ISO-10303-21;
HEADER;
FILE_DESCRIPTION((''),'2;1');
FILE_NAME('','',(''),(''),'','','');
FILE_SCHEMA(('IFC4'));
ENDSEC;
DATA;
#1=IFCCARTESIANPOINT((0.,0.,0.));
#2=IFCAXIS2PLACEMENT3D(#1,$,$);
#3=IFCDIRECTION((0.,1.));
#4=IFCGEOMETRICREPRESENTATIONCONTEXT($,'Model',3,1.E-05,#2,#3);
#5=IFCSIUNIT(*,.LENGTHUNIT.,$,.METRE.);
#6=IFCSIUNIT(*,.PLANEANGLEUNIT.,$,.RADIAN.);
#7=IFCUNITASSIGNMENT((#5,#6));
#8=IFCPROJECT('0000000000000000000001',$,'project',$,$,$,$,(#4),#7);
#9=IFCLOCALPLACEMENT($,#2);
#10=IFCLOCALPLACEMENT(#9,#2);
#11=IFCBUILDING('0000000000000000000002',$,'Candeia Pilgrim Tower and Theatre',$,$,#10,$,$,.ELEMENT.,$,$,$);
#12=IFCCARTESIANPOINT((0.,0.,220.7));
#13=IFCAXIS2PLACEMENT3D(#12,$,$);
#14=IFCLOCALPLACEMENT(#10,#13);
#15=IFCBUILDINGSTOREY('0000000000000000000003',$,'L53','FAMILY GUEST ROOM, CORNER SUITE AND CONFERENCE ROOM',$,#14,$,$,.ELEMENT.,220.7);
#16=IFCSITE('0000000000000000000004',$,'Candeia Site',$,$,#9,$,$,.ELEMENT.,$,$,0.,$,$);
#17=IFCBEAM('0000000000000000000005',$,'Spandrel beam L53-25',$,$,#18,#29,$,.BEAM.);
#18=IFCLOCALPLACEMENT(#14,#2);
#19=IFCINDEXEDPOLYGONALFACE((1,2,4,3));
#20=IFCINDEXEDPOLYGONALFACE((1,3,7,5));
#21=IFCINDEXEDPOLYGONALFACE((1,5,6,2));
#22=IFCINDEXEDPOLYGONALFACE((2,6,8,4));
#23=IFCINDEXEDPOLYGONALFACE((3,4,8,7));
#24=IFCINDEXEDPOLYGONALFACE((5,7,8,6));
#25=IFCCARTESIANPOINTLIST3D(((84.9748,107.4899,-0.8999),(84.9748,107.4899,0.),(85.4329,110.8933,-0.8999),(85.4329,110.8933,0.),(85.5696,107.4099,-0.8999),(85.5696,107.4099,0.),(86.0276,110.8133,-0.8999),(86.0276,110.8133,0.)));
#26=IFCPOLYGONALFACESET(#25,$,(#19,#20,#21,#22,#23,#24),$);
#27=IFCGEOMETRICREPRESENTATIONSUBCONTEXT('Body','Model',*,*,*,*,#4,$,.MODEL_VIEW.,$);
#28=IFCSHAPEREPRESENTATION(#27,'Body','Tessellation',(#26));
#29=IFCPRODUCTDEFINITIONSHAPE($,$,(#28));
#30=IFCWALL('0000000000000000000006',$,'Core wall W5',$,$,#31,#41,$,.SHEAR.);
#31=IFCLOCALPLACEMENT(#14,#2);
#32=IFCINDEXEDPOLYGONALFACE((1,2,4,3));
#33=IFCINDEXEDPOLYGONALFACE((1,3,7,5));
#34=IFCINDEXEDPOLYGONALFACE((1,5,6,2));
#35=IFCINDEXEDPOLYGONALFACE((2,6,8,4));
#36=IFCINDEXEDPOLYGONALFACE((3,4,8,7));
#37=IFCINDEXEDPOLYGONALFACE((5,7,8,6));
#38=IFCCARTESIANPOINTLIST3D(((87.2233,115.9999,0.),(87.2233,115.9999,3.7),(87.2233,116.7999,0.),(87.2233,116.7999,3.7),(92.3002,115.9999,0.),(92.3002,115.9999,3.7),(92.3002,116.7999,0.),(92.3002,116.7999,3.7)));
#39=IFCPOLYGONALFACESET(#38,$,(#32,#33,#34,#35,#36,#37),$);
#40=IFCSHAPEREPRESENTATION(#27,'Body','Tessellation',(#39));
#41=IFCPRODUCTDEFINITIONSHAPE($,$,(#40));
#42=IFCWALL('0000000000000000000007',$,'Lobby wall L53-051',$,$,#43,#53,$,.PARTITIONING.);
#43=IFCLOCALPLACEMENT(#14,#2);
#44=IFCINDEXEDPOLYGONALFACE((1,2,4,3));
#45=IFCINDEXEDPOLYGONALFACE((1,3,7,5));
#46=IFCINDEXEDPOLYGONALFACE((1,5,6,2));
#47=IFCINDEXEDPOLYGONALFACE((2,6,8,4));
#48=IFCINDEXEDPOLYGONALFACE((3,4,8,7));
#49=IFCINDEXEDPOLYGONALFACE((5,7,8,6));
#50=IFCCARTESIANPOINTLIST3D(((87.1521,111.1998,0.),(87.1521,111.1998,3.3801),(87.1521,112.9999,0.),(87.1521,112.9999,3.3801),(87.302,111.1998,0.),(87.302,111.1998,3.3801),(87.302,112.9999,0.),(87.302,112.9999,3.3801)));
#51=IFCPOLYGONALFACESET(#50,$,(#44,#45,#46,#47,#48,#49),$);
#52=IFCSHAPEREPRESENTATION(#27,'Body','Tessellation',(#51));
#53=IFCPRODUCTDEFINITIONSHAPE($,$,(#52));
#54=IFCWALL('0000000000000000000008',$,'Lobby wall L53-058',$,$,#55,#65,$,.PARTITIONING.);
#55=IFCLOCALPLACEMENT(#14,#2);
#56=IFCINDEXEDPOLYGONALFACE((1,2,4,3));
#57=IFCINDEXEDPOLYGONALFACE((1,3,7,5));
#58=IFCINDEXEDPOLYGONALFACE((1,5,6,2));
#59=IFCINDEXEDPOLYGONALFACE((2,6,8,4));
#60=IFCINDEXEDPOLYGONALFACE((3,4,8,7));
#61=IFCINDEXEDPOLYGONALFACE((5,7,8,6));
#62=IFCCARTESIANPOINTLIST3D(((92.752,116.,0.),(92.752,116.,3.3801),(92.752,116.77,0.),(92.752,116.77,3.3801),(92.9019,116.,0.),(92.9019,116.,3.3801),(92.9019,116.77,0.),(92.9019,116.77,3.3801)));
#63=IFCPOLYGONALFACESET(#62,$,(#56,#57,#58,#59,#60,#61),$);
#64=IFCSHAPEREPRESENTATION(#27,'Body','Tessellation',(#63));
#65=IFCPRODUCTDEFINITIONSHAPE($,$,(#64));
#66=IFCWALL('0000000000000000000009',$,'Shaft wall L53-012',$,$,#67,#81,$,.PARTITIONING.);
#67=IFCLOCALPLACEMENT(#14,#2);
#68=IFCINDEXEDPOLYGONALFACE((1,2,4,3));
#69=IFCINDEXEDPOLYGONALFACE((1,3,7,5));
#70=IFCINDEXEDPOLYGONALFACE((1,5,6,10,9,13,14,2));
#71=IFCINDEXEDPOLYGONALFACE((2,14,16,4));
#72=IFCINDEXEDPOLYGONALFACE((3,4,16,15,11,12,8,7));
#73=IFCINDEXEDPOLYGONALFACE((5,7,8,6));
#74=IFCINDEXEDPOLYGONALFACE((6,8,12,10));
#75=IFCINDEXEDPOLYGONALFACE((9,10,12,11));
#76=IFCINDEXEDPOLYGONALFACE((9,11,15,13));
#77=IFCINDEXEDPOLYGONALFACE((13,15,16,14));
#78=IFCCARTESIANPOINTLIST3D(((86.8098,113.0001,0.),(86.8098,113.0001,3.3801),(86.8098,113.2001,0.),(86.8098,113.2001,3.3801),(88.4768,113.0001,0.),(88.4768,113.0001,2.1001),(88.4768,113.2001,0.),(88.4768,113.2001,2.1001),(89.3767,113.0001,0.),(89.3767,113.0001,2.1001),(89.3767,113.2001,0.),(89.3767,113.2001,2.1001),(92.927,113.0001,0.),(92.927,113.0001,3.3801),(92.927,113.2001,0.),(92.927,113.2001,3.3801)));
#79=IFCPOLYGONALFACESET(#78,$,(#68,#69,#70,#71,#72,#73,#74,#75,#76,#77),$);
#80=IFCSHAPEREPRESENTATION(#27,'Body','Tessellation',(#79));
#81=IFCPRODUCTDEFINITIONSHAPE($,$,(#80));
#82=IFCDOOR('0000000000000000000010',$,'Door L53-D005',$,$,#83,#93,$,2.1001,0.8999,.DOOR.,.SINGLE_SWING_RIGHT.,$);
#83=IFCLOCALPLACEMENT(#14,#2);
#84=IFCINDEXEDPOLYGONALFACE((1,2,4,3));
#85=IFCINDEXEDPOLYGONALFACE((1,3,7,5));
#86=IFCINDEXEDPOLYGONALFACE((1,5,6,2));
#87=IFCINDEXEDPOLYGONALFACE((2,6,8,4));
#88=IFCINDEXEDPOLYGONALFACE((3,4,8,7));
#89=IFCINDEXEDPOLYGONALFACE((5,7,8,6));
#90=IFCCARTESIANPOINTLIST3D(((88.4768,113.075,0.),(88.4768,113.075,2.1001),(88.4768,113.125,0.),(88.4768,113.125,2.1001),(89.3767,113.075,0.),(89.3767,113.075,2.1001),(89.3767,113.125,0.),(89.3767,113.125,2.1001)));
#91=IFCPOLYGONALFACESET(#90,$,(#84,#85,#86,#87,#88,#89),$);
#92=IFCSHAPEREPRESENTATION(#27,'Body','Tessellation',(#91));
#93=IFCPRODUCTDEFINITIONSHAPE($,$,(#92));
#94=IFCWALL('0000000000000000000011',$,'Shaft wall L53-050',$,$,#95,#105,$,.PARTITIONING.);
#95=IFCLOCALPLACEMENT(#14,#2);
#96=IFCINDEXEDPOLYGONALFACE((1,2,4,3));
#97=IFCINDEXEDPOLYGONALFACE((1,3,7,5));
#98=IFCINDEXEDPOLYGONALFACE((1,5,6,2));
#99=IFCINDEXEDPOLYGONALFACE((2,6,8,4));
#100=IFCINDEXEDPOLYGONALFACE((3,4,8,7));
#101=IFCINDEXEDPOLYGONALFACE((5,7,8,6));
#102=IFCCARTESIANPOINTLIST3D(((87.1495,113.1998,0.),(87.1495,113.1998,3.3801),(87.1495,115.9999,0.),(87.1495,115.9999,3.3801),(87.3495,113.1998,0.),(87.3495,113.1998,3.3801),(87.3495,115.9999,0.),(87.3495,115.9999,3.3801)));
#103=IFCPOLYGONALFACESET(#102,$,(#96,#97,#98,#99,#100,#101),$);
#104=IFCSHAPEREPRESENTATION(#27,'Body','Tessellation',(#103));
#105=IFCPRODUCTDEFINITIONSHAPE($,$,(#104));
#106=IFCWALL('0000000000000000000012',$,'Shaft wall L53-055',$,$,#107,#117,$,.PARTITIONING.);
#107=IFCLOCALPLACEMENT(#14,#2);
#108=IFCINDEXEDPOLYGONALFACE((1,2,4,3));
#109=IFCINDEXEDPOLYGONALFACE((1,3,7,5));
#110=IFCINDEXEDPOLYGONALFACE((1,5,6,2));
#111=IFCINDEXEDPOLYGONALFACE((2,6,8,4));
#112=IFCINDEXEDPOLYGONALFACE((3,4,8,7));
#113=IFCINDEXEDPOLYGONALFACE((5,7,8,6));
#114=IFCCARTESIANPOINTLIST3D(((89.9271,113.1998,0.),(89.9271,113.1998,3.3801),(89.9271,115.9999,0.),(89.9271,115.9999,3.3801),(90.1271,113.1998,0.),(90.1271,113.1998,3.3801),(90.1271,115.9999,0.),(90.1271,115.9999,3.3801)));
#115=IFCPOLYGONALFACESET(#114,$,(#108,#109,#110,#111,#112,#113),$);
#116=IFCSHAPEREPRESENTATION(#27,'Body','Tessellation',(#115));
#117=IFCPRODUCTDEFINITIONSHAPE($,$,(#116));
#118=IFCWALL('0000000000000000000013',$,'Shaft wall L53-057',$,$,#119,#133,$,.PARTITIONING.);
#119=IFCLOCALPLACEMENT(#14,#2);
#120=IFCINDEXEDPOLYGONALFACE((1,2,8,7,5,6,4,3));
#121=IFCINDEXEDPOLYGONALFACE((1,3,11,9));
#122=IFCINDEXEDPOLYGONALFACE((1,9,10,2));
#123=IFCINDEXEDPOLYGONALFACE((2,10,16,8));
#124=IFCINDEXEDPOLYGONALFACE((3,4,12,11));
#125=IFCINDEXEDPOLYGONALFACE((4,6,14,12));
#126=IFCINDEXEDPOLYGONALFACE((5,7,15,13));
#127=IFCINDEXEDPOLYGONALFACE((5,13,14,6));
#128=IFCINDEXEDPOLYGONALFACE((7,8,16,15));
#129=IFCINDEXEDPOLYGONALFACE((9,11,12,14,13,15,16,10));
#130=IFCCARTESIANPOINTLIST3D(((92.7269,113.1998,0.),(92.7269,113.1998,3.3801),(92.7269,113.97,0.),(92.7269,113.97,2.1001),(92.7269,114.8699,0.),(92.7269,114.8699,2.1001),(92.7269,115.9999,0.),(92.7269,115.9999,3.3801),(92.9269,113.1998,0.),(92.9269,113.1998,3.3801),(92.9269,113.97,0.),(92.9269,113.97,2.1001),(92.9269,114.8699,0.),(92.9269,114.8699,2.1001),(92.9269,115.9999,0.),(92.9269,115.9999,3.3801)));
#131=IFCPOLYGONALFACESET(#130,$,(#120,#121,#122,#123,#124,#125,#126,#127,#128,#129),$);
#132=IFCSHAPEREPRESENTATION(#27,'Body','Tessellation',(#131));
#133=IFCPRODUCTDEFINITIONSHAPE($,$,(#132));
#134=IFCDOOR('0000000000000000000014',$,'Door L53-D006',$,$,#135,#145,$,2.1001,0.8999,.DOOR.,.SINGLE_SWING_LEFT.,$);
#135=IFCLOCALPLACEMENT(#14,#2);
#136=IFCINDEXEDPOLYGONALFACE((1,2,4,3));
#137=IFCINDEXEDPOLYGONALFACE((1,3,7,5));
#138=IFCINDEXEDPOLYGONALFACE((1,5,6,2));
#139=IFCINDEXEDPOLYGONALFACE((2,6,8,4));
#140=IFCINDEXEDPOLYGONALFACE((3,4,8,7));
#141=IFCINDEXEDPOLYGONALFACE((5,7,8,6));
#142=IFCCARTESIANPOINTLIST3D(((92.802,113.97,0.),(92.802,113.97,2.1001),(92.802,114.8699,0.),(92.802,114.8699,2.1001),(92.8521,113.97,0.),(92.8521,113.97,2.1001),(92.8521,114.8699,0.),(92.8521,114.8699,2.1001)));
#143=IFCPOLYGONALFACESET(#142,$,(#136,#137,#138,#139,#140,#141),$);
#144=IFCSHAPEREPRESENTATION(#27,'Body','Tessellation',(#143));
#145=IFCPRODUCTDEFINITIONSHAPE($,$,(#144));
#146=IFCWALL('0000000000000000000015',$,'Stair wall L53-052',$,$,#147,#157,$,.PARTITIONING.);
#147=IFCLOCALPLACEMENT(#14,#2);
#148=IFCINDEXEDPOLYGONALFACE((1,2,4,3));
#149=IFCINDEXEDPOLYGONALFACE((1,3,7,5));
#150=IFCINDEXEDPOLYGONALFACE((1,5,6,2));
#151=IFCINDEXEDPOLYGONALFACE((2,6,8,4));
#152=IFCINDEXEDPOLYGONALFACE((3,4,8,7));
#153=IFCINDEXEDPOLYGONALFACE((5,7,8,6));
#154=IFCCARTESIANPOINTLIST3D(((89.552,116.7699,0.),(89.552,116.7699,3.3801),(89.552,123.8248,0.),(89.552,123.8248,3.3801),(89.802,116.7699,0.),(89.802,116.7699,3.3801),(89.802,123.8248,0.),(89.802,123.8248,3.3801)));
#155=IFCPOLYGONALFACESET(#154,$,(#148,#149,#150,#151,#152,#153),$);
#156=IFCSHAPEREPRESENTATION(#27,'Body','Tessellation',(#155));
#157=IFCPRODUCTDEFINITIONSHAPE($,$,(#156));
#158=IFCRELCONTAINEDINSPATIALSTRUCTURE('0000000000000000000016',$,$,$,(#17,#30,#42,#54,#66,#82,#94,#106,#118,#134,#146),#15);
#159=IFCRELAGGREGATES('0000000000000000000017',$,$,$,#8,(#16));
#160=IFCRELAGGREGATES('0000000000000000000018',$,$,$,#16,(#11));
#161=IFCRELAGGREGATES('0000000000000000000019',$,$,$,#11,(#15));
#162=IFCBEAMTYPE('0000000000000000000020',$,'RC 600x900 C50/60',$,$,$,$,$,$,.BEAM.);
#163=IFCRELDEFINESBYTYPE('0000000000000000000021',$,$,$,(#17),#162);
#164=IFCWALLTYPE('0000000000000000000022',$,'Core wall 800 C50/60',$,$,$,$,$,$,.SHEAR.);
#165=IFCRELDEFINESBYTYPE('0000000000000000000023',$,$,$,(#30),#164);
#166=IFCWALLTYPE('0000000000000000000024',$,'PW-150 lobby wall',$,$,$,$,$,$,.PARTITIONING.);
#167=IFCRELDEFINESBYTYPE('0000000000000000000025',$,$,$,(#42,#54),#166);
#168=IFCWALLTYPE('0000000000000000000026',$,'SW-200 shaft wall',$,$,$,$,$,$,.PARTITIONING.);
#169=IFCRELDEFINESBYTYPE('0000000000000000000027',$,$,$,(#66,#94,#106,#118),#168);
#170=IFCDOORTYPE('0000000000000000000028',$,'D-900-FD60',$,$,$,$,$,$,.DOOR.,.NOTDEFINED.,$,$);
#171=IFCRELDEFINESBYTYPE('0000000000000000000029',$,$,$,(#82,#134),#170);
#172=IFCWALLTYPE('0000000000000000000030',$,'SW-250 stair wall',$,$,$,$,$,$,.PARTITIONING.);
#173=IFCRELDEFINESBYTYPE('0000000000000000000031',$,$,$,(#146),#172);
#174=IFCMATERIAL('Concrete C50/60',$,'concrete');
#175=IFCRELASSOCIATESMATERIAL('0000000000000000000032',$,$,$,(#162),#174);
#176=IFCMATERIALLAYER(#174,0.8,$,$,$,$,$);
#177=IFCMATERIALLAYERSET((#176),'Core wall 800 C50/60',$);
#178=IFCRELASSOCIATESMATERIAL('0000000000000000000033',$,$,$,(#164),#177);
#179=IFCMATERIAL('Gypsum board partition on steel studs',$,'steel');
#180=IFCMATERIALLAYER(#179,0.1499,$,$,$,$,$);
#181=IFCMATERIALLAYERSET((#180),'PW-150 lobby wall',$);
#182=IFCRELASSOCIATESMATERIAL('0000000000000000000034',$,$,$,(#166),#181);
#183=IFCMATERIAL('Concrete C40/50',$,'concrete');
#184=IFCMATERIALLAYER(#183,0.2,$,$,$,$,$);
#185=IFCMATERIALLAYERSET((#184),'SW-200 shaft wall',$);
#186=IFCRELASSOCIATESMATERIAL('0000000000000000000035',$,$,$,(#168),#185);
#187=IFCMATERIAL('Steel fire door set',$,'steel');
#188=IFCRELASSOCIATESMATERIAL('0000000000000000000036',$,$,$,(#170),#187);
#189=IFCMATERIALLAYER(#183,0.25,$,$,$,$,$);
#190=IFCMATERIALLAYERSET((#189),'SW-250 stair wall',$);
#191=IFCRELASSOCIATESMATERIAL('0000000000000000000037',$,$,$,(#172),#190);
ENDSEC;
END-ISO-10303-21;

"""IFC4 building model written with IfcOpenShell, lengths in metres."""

from ifc_helpers import new_model, si_unit, direction, frame, frame_2d, origin, origin_2d, place, context, subcontext, project, spatial, rectangle, extrude, material, layer, layer_set, material_profile, profile_set, type_object, element, fill, save


model = new_model("IFC4")

# Units and contexts
model_context = context("Model", 3, precision=1e-05, world=origin(), true_north=direction((0.0, 1.0)))
body_context = subcontext(model_context, "Body", "Model", "MODEL_VIEW")
ifc_project = project(units=[si_unit("LENGTHUNIT", "METRE"), si_unit("PLANEANGLEUNIT", "RADIAN")], contexts=[model_context])

# Site, building, storey
site_placement = place(None, origin())
site = spatial("IfcSite", under=ifc_project, at=site_placement, Name="Candeia Site", CompositionType="ELEMENT", RefElevation=0.0)
building_placement = place(site_placement, origin())
building = spatial("IfcBuilding", under=site, at=building_placement, Name="Candeia Pilgrim Tower and Theatre", CompositionType="ELEMENT")
storey_placement = place(building_placement, frame((0.0, 0.0, 220.7)))
storey = spatial("IfcBuildingStorey", under=building, at=storey_placement, Name="L53", Description="FAMILY GUEST ROOM, CORNER SUITE AND CONFERENCE ROOM", CompositionType="ELEMENT", Elevation=220.7)

# Beam
ifc_material_1 = material(Name="Concrete C50/60", Category="concrete")
ifc_material_profile = material_profile(ifc_material_1, rectangle(XDim=0.6001, YDim=0.8999, at=origin_2d()))
ifc_profile_set = profile_set([ifc_material_profile], Name="Concrete C50/60")
beam_type = type_object("IfcBeamType", Name="RC 600x900 C50/60", PredefinedType="BEAM", material=ifc_profile_set)
beam_placement = place(storey_placement, frame((85.7302, 110.8533, -0.45), z_axis=(-0.133374, -0.991066, 0.0), x_axis=(0.991066, -0.133374, 0.0)))
element("IfcBeam", 1, at=beam_placement, inside=storey, type_object=beam_type, Name="Spandrel beam L53-25", PredefinedType="BEAM", context=body_context, shape_type="SweptSolid", body=[
    extrude(rectangle(XDim=0.6001, YDim=0.8999, at=origin_2d()), origin(), (0.0, 0.0, 1.0), 3.4341),
])

# Walls
ifc_layer_1 = layer(ifc_material_1, 0.8)
ifc_layer_set_1 = layer_set([ifc_layer_1], Name="Core wall 800 C50/60")
wall_type_1 = type_object("IfcWallType", Name="Core wall 800 C50/60", PredefinedType="SHEAR", material=ifc_layer_set_1)
wall_1_placement = place(storey_placement, frame((87.2231, 116.3999, 0.0), z_axis=(0.0, 0.0, 1.0), x_axis=(1.0, 0.0, 0.0)))
element("IfcWall", 2, at=wall_1_placement, inside=storey, type_object=wall_type_1, Name="Core wall W5", PredefinedType="SHEAR", context=body_context, shape_type="SweptSolid", body=[
    extrude(rectangle(XDim=5.0769, YDim=0.8, at=frame_2d((2.5386, 0.0))), origin(), (0.0, 0.0, 1.0), 3.7),
])
ifc_material_2 = material(Name="Gypsum board partition on steel studs", Category="steel")
ifc_layer_2 = layer(ifc_material_2, 0.1499)
ifc_layer_set_2 = layer_set([ifc_layer_2], Name="PW-150 lobby wall")
wall_type_2 = type_object("IfcWallType", Name="PW-150 lobby wall", PredefinedType="PARTITIONING", material=ifc_layer_set_2)
wall_2_placement = place(storey_placement, frame((87.2271, 111.2, 0.0), z_axis=(0.0, 0.0, 1.0), x_axis=(0.0, 1.0, 0.0)))
element("IfcWall", 3, at=wall_2_placement, inside=storey, type_object=wall_type_2, Name="Lobby wall L53-051", PredefinedType="PARTITIONING", context=body_context, shape_type="SweptSolid", body=[
    extrude(rectangle(XDim=1.8, YDim=0.1499, at=frame_2d((0.8999, 0.0))), origin(), (0.0, 0.0, 1.0), 3.3801),
])
wall_3_placement = place(storey_placement, frame((92.8269, 116.0, 0.0), z_axis=(0.0, 0.0, 1.0), x_axis=(0.0, 1.0, 0.0)))
element("IfcWall", 4, at=wall_3_placement, inside=storey, type_object=wall_type_2, Name="Lobby wall L53-058", PredefinedType="PARTITIONING", context=body_context, shape_type="SweptSolid", body=[
    extrude(rectangle(XDim=0.77, YDim=0.1499, at=frame_2d((0.385, 0.0))), origin(), (0.0, 0.0, 1.0), 3.3801),
])

# Wall, opening, door
ifc_material_3 = material(Name="Concrete C40/50", Category="concrete")
ifc_layer_3 = layer(ifc_material_3, 0.2)
ifc_layer_set_3 = layer_set([ifc_layer_3], Name="SW-200 shaft wall")
wall_type_3 = type_object("IfcWallType", Name="SW-200 shaft wall", PredefinedType="PARTITIONING", material=ifc_layer_set_3)
wall_4_placement = place(storey_placement, frame((86.8098, 113.1001, 0.0), z_axis=(0.0, 0.0, 1.0), x_axis=(1.0, 0.0, 0.0)))
wall_4 = element("IfcWall", 5, at=wall_4_placement, inside=storey, type_object=wall_type_3, Name="Shaft wall L53-012", PredefinedType="PARTITIONING", context=body_context, shape_type="SweptSolid", body=[
    extrude(rectangle(XDim=6.1172, YDim=0.2, at=frame_2d((3.0586, 0.0))), origin(), (0.0, 0.0, 1.0), 3.3801),
])
opening_1_placement = place(wall_4_placement, frame((1.667, 0.0, 0.0)))
opening_1 = element("IfcOpeningElement", 6, at=opening_1_placement, cuts=wall_4, PredefinedType="OPENING", context=body_context, shape_type="SweptSolid", body=[
    extrude(rectangle(XDim=0.8999, YDim=2.1001, at=frame_2d((0.45, 1.05))), frame((0.0, 0.1099, 0.0), z_axis=(0.0, -1.0, 0.0), x_axis=(1.0, 0.0, 0.0)), (0.0, 0.0, 1.0), 0.22),
])
ifc_material_4 = material(Name="Steel fire door set", Category="steel")
door_type = type_object("IfcDoorType", Name="D-900-FD60", OperationType="NOTDEFINED", PredefinedType="DOOR", material=ifc_material_4)
door_1_placement = place(opening_1_placement, origin())
door_1 = element("IfcDoor", 7, at=door_1_placement, inside=storey, type_object=door_type, Name="Door L53-D005", OperationType="SINGLE_SWING_RIGHT", OverallHeight=2.1001, OverallWidth=0.8999, PredefinedType="DOOR", context=body_context, shape_type="SweptSolid", body=[
    extrude(rectangle(XDim=0.8999, YDim=2.1001, at=frame_2d((0.45, 1.05))), frame((0.0, 0.0249, 0.0), z_axis=(0.0, -1.0, 0.0), x_axis=(1.0, 0.0, 0.0)), (0.0, 0.0, 1.0), 0.05),
])
fill(opening_1, door_1)

# Walls
for number, where, z_axis, x_axis, name in (
    (8, (87.2495, 113.2, 0.0), (0.0, 0.0, 1.0), (0.0, 1.0, 0.0), "Shaft wall L53-050"),
    (9, (90.0271, 113.2, 0.0), (0.0, 0.0, 1.0), (0.0, 1.0, 0.0), "Shaft wall L53-055"),
):
    element("IfcWall", number, at=place(storey_placement, frame(where, z_axis=z_axis, x_axis=x_axis)), inside=storey, type_object=wall_type_3, Name=name, PredefinedType="PARTITIONING", context=body_context, shape_type="SweptSolid", body=[
        extrude(rectangle(XDim=2.8, YDim=0.2, at=frame_2d((1.3999, 0.0))), origin(), (0.0, 0.0, 1.0), 3.3801),
    ])

# Wall, opening, door
wall_5_placement = place(storey_placement, frame((92.8269, 113.2, 0.0), z_axis=(0.0, 0.0, 1.0), x_axis=(0.0, 1.0, 0.0)))
wall_5 = element("IfcWall", 10, at=wall_5_placement, inside=storey, type_object=wall_type_3, Name="Shaft wall L53-057", PredefinedType="PARTITIONING", context=body_context, shape_type="SweptSolid", body=[
    extrude(rectangle(XDim=2.8, YDim=0.2, at=frame_2d((1.3999, 0.0))), origin(), (0.0, 0.0, 1.0), 3.3801),
])
opening_2_placement = place(wall_5_placement, frame((0.77, 0.0, 0.0)))
opening_2 = element("IfcOpeningElement", 11, at=opening_2_placement, cuts=wall_5, PredefinedType="OPENING", context=body_context, shape_type="SweptSolid", body=[
    extrude(rectangle(XDim=0.8999, YDim=2.1001, at=frame_2d((0.45, 1.05))), frame((0.0, 0.1099, 0.0), z_axis=(0.0, -1.0, 0.0), x_axis=(1.0, 0.0, 0.0)), (0.0, 0.0, 1.0), 0.22),
])
door_2_placement = place(opening_2_placement, origin())
door_2 = element("IfcDoor", 12, at=door_2_placement, inside=storey, type_object=door_type, Name="Door L53-D006", OperationType="SINGLE_SWING_LEFT", OverallHeight=2.1001, OverallWidth=0.8999, PredefinedType="DOOR", context=body_context, shape_type="SweptSolid", body=[
    extrude(rectangle(XDim=0.8999, YDim=2.1001, at=frame_2d((0.45, 1.05))), frame((0.0, 0.0249, 0.0), z_axis=(0.0, -1.0, 0.0), x_axis=(1.0, 0.0, 0.0)), (0.0, 0.0, 1.0), 0.05),
])
fill(opening_2, door_2)

# Wall
ifc_layer_4 = layer(ifc_material_3, 0.25)
ifc_layer_set_4 = layer_set([ifc_layer_4], Name="SW-250 stair wall")
wall_type_4 = type_object("IfcWallType", Name="SW-250 stair wall", PredefinedType="PARTITIONING", material=ifc_layer_set_4)
wall_6_placement = place(storey_placement, frame((89.677, 116.77, 0.0), z_axis=(0.0, 0.0, 1.0), x_axis=(0.0, 1.0, 0.0)))
element("IfcWall", 13, at=wall_6_placement, inside=storey, type_object=wall_type_4, Name="Stair wall L53-052", PredefinedType="PARTITIONING", context=body_context, shape_type="SweptSolid", body=[
    extrude(rectangle(XDim=7.0549, YDim=0.25, at=frame_2d((3.5273, 0.0))), origin(), (0.0, 0.0, 1.0), 3.3801),
])

save(model, "model.ifc")
